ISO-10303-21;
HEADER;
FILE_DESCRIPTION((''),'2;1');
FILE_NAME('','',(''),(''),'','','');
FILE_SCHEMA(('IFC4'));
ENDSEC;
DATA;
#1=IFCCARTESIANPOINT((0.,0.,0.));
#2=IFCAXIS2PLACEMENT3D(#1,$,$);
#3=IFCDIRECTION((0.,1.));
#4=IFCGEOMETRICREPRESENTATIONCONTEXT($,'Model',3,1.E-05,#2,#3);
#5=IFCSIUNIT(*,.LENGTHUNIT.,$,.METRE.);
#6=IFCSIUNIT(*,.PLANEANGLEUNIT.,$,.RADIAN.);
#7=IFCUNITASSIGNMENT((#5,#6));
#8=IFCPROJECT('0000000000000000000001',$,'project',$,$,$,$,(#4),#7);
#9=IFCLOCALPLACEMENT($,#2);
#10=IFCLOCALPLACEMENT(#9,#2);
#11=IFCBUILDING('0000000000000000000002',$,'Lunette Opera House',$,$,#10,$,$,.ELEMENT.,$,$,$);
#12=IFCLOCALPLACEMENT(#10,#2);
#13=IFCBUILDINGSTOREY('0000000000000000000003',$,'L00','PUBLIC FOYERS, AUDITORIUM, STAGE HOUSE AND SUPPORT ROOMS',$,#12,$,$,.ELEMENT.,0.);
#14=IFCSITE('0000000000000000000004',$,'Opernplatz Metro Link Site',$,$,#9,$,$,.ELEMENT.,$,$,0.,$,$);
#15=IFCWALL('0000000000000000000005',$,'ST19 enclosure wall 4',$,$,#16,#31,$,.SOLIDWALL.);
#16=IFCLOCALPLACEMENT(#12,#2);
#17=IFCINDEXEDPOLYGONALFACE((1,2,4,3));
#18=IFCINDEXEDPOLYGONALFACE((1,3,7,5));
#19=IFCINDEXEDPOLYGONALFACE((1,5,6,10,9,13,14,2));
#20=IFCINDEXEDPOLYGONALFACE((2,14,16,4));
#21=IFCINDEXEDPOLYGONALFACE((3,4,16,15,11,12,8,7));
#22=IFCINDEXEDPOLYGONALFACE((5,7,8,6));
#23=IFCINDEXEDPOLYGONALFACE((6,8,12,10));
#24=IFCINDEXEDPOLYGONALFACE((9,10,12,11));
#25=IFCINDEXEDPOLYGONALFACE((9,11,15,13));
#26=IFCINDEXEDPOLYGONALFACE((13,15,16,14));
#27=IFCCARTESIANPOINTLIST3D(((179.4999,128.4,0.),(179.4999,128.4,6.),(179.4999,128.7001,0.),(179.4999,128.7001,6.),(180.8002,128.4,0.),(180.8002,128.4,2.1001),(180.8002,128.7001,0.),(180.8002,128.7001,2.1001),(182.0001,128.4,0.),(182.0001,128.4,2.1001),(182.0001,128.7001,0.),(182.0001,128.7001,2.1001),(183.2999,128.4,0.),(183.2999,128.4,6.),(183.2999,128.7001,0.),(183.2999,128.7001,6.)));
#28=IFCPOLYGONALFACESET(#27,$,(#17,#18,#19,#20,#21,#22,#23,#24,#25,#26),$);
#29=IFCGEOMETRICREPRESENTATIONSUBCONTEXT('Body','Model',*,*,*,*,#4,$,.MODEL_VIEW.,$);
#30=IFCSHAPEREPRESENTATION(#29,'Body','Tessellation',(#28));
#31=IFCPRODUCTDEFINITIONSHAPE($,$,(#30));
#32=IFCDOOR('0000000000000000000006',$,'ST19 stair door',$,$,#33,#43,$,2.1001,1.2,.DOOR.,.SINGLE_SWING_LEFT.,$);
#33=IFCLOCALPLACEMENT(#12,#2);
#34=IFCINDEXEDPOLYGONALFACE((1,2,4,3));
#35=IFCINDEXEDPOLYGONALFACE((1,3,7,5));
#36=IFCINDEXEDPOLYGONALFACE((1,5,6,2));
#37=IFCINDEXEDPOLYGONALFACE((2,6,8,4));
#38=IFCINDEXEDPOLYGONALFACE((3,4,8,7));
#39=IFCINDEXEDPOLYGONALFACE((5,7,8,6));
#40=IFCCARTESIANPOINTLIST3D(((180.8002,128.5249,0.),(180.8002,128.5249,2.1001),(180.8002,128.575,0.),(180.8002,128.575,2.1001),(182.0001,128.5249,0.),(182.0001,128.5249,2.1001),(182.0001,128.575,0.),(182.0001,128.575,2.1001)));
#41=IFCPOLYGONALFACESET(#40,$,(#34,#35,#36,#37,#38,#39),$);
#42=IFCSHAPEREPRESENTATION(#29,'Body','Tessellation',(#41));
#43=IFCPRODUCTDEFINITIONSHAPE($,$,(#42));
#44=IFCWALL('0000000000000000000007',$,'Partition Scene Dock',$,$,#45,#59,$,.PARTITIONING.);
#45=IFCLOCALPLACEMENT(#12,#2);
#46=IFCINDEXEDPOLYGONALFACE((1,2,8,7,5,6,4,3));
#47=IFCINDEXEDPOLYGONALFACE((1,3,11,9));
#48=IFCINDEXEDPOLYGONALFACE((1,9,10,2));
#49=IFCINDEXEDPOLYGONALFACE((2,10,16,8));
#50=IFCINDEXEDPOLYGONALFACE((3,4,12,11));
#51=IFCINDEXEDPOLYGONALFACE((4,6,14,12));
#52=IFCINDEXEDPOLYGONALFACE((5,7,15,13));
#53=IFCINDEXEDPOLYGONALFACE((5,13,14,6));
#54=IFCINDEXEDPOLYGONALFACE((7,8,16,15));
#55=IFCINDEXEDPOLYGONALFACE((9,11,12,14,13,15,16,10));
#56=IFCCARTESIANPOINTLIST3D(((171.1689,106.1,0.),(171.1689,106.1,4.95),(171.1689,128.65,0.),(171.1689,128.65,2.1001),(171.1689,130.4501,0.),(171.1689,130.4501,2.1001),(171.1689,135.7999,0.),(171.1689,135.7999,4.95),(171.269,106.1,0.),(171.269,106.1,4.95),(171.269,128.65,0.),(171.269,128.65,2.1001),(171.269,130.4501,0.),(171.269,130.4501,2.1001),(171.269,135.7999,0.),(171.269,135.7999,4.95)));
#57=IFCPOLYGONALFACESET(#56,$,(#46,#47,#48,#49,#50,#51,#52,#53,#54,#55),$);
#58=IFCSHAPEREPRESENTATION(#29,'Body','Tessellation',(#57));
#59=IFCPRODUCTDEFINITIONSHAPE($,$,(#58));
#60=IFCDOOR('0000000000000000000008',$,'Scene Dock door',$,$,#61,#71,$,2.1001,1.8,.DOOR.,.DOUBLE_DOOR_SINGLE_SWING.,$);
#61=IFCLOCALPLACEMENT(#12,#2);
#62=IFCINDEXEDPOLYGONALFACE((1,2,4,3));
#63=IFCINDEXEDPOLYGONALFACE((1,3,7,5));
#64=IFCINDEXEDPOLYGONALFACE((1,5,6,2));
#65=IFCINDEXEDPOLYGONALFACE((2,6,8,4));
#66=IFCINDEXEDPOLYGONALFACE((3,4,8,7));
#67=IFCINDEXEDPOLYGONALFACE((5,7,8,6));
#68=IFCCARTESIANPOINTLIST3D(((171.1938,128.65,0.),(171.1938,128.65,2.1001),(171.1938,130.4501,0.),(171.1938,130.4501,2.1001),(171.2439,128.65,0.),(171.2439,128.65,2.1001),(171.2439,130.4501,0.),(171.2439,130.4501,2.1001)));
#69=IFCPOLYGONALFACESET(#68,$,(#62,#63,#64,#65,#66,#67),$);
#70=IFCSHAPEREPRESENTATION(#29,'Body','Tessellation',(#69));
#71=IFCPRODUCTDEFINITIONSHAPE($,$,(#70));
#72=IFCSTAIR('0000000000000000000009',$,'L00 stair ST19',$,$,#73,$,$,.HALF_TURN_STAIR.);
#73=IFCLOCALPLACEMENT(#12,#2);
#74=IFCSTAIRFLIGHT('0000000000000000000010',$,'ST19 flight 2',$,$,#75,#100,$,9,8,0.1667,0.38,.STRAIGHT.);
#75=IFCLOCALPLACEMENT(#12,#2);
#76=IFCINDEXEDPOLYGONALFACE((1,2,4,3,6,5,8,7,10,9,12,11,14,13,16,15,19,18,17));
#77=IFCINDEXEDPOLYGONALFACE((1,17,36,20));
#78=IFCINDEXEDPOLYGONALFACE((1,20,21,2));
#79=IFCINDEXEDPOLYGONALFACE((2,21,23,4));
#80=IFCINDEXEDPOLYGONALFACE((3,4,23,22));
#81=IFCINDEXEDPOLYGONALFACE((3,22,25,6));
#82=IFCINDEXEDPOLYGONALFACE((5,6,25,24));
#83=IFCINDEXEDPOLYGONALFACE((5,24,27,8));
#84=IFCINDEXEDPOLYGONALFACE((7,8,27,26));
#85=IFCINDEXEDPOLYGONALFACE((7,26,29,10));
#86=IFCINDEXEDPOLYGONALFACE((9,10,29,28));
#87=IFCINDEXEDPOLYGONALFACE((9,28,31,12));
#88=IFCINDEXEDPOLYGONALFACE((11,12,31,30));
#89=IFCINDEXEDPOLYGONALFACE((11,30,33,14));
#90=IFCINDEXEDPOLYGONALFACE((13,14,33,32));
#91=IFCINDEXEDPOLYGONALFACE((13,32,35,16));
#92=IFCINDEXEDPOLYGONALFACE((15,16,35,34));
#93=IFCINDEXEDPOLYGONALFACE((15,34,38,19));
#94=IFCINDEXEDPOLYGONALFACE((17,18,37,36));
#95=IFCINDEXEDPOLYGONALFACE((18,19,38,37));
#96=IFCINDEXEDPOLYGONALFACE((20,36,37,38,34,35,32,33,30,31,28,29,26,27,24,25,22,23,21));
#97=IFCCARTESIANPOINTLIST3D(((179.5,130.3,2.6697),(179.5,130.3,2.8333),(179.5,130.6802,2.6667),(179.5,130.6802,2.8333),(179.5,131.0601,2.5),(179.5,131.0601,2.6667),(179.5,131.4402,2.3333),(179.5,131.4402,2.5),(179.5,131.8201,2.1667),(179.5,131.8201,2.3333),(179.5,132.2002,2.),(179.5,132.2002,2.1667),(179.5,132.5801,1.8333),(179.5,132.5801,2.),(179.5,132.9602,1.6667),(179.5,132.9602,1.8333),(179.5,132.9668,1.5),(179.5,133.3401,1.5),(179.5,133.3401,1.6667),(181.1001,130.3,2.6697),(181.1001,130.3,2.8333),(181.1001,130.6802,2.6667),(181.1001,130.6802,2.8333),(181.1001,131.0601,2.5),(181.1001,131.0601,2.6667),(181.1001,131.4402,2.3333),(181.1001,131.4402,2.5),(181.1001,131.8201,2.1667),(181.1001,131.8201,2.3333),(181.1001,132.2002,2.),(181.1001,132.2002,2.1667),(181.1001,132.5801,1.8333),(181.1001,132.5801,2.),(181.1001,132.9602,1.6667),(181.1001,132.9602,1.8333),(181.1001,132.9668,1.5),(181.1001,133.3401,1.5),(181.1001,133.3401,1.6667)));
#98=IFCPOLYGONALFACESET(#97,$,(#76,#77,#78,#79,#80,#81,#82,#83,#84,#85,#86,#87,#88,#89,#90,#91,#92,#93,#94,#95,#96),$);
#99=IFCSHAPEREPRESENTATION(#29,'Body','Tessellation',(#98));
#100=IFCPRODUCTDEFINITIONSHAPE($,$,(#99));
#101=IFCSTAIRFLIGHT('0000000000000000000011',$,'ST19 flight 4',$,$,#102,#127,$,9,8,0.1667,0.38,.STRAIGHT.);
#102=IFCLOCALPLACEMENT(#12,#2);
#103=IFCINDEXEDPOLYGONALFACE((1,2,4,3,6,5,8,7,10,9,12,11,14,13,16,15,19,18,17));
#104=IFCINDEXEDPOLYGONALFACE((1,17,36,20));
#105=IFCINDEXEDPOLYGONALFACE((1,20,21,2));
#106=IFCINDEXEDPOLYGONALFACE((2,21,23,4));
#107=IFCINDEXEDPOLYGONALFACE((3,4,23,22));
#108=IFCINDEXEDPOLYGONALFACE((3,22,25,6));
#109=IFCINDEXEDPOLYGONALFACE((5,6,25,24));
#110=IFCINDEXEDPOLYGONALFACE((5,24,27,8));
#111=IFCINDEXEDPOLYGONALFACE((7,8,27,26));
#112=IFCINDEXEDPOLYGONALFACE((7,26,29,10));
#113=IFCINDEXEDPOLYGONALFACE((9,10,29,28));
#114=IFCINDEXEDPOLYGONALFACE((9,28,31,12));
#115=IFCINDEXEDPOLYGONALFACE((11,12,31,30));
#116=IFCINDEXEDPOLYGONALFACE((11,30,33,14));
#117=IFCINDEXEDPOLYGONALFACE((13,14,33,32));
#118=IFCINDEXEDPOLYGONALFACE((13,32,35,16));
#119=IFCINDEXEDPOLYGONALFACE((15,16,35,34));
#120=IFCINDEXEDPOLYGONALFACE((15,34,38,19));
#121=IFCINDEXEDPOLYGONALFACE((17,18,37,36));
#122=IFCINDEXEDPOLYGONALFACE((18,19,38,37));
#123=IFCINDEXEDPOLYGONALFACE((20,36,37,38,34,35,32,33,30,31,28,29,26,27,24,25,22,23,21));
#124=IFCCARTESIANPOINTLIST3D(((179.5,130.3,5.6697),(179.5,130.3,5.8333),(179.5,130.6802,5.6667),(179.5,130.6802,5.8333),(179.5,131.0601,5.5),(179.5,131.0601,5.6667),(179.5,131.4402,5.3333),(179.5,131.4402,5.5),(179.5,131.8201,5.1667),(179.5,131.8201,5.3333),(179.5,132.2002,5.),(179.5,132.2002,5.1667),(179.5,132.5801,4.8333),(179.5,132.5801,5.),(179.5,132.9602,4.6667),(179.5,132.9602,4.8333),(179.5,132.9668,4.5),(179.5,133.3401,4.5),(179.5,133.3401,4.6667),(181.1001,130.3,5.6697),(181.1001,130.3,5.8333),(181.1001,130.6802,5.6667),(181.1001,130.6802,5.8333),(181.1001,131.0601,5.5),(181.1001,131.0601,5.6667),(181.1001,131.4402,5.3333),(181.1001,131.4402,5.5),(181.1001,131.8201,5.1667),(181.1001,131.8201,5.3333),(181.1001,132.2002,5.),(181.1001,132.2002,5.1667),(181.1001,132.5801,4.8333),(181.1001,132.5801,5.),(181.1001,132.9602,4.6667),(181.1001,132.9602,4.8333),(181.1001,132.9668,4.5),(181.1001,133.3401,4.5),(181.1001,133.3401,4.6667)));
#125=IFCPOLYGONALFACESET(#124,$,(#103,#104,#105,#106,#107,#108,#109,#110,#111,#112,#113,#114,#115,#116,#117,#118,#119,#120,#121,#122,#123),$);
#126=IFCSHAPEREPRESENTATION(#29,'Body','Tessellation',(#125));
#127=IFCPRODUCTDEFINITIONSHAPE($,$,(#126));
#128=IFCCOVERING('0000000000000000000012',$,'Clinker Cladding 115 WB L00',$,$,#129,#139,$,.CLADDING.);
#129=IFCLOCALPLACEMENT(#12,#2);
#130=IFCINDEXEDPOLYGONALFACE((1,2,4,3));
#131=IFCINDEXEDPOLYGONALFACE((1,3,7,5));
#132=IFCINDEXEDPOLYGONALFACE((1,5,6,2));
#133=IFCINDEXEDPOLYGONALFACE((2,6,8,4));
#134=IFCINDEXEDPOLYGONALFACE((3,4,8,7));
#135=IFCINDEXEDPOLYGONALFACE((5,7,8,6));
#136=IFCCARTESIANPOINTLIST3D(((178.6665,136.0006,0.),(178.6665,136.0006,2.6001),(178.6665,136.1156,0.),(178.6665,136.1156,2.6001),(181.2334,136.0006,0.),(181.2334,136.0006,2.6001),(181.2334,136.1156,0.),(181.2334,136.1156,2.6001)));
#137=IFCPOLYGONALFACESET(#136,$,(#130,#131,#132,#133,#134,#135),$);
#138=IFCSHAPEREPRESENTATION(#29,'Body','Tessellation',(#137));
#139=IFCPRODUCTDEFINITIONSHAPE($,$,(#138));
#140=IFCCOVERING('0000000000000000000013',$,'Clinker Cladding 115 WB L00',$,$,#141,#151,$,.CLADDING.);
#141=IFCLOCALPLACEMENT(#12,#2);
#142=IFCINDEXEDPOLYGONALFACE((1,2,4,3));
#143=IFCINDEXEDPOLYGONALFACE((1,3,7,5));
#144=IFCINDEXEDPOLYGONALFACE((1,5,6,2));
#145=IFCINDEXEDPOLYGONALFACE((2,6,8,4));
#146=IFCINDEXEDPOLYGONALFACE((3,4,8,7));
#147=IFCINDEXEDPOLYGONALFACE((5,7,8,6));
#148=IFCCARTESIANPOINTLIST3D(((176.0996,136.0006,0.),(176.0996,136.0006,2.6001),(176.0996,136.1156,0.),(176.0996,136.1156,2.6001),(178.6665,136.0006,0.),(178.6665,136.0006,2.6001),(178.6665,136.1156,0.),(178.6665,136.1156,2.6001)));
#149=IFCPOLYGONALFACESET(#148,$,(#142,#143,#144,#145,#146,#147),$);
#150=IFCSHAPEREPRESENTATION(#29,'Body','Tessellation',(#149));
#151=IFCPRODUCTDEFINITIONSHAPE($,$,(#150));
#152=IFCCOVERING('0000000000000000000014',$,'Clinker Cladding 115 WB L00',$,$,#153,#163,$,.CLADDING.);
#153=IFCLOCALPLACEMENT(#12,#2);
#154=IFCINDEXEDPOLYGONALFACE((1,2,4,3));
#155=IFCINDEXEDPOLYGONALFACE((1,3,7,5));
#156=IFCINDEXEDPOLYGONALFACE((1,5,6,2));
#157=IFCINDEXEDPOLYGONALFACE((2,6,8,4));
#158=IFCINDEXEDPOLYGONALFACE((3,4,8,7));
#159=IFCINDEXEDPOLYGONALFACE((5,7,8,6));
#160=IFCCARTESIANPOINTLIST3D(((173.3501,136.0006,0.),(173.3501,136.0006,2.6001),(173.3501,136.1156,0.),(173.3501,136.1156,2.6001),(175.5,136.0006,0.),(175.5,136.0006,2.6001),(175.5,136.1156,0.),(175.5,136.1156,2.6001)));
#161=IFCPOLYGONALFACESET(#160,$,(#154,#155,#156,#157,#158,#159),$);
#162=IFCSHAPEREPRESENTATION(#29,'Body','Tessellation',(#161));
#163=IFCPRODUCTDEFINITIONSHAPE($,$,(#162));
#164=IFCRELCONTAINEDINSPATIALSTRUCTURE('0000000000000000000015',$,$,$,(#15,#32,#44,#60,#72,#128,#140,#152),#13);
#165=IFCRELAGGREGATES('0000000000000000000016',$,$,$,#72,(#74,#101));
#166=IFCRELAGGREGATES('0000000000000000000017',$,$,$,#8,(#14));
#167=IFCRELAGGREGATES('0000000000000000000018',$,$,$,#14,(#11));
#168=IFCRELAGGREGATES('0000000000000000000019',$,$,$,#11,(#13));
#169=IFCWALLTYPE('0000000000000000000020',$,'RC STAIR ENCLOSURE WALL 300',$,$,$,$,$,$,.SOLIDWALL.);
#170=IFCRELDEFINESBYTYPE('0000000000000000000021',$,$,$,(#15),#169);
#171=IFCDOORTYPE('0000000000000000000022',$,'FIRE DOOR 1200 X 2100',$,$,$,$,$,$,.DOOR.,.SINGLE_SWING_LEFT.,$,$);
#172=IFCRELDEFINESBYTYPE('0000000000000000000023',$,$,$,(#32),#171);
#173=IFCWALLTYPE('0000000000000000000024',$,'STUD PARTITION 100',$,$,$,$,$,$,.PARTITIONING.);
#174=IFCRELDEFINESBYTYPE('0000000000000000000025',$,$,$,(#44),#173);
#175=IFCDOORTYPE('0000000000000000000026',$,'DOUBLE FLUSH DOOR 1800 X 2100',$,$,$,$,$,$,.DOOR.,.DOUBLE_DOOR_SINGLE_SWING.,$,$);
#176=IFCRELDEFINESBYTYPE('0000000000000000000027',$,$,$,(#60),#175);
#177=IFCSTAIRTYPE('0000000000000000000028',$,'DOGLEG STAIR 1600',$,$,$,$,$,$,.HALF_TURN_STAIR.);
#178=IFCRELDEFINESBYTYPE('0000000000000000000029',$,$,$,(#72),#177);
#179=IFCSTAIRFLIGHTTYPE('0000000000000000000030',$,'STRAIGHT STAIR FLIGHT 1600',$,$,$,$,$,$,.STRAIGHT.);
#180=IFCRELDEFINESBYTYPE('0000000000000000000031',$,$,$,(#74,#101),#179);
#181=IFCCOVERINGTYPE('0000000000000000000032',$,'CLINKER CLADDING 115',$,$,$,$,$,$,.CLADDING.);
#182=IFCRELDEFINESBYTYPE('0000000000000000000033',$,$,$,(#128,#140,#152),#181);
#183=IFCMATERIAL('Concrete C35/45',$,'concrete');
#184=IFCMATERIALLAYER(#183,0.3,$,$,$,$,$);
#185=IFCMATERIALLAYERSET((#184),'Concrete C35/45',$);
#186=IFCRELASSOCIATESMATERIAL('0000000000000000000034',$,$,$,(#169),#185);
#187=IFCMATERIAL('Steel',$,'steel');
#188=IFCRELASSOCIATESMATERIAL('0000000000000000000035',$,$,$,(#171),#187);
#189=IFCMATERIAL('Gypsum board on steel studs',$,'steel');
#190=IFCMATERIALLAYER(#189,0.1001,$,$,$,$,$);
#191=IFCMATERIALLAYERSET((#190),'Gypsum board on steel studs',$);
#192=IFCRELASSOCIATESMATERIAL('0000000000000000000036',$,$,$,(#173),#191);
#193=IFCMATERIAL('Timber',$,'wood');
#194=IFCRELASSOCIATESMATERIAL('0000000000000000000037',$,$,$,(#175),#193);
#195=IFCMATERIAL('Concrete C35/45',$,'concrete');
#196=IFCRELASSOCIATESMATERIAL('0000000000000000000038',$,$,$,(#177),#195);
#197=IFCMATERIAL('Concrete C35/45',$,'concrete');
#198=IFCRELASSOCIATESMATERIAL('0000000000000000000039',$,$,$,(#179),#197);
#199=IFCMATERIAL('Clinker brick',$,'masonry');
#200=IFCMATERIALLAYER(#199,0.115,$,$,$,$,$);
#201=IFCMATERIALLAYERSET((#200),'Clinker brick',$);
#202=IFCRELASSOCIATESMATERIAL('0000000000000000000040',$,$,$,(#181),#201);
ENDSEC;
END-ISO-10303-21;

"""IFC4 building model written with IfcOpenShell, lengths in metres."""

from ifc_helpers import new_model, si_unit, direction, frame, frame_2d, origin, origin_2d, place, context, subcontext, project, spatial, polyline, rectangle, outline, extrude, material, layer, layer_set, type_object, element, fill, aggregate, save


model = new_model("IFC4")

# Units and contexts
model_context = context("Model", 3, precision=1e-05, world=origin(), true_north=direction((0.0, 1.0)))
body_context = subcontext(model_context, "Body", "Model", "MODEL_VIEW")
ifc_project = project(units=[si_unit("LENGTHUNIT", "METRE"), si_unit("PLANEANGLEUNIT", "RADIAN")], contexts=[model_context])

# Site, building, storey
site_placement = place(None, origin())
site = spatial("IfcSite", under=ifc_project, at=site_placement, Name="Opernplatz Metro Link Site", CompositionType="ELEMENT", RefElevation=0.0)
building_placement = place(site_placement, origin())
building = spatial("IfcBuilding", under=site, at=building_placement, Name="Lunette Opera House", CompositionType="ELEMENT")
storey_placement = place(building_placement, origin())
storey = spatial("IfcBuildingStorey", under=building, at=storey_placement, Name="L00", Description="PUBLIC FOYERS, AUDITORIUM, STAGE HOUSE AND SUPPORT ROOMS", CompositionType="ELEMENT", Elevation=0.0)

# Shared definitions
ifc_material_1 = material(Name="Concrete C35/45", Category="concrete")
ifc_layer_1 = layer(ifc_material_1, 0.3)
ifc_layer_set_1 = layer_set([ifc_layer_1], Name="Concrete C35/45")
wall_type_1 = type_object("IfcWallType", Name="RC STAIR ENCLOSURE WALL 300", PredefinedType="SOLIDWALL", material=ifc_layer_set_1)

# Walls, openings, doors
wall_1_placement = place(storey_placement, frame((179.5, 128.55, 0.0), z_axis=(0.0, 0.0, 1.0), x_axis=(1.0, 0.0, 0.0)))
wall_1 = element("IfcWall", 1, at=wall_1_placement, inside=storey, type_object=wall_type_1, Name="ST19 enclosure wall 4", PredefinedType="SOLIDWALL", context=body_context, shape_type="SweptSolid", body=[
    extrude(rectangle(XDim=3.8, YDim=0.3, at=frame_2d((1.8999, 0.0))), origin(), (0.0, 0.0, 1.0), 6.0),
])
opening_1_placement = place(wall_1_placement, frame((1.3, 0.0, 0.0)))
opening_1 = element("IfcOpeningElement", 2, at=opening_1_placement, cuts=wall_1, PredefinedType="OPENING", context=body_context, shape_type="SweptSolid", body=[
    extrude(rectangle(XDim=1.2, YDim=2.1001, at=frame_2d((0.6001, 1.05))), frame((0.0, 0.1621, 0.0), z_axis=(0.0, -1.0, 0.0), x_axis=(1.0, 0.0, 0.0)), (0.0, 0.0, 1.0), 0.324),
])
ifc_material_2 = material(Name="Steel", Category="steel")
door_type_1 = type_object("IfcDoorType", Name="FIRE DOOR 1200 X 2100", OperationType="SINGLE_SWING_LEFT", PredefinedType="DOOR", material=ifc_material_2)
door_1_placement = place(opening_1_placement, origin())
door_1 = element("IfcDoor", 3, at=door_1_placement, inside=storey, type_object=door_type_1, Name="ST19 stair door", OperationType="SINGLE_SWING_LEFT", OverallHeight=2.1001, OverallWidth=1.2, PredefinedType="DOOR", context=body_context, shape_type="SweptSolid", body=[
    extrude(rectangle(XDim=1.2, YDim=2.1001, at=frame_2d((0.6001, 1.05))), frame((0.0, 0.0249, 0.0), z_axis=(0.0, -1.0, 0.0), x_axis=(1.0, 0.0, 0.0)), (0.0, 0.0, 1.0), 0.05),
])
fill(opening_1, door_1)
ifc_material_3 = material(Name="Gypsum board on steel studs", Category="steel")
ifc_layer_2 = layer(ifc_material_3, 0.1001)
ifc_layer_set_2 = layer_set([ifc_layer_2], Name="Gypsum board on steel studs")
wall_type_2 = type_object("IfcWallType", Name="STUD PARTITION 100", PredefinedType="PARTITIONING", material=ifc_layer_set_2)
wall_2_placement = place(storey_placement, frame((171.219, 135.8, 0.0), z_axis=(0.0, 0.0, 1.0), x_axis=(0.0, -1.0, 0.0)))
wall_2 = element("IfcWall", 4, at=wall_2_placement, inside=storey, type_object=wall_type_2, Name="Partition Scene Dock", PredefinedType="PARTITIONING", context=body_context, shape_type="SweptSolid", body=[
    extrude(rectangle(XDim=29.7, YDim=0.1001, at=frame_2d((14.8501, 0.0))), origin(), (0.0, 0.0, 1.0), 4.95),
])
opening_2_placement = place(wall_2_placement, frame((5.3501, 0.0, 0.0)))
opening_2 = element("IfcOpeningElement", 5, at=opening_2_placement, cuts=wall_2, PredefinedType="OPENING", context=body_context, shape_type="SweptSolid", body=[
    extrude(rectangle(XDim=1.8, YDim=2.1001, at=frame_2d((0.8999, 1.05))), frame((0.0, 0.062, 0.0), z_axis=(0.0, -1.0, 0.0), x_axis=(1.0, 0.0, 0.0)), (0.0, 0.0, 1.0), 0.124),
])
ifc_material_4 = material(Name="Timber", Category="wood")
door_type_2 = type_object("IfcDoorType", Name="DOUBLE FLUSH DOOR 1800 X 2100", OperationType="DOUBLE_DOOR_SINGLE_SWING", PredefinedType="DOOR", material=ifc_material_4)
door_2_placement = place(opening_2_placement, origin())
door_2 = element("IfcDoor", 6, at=door_2_placement, inside=storey, type_object=door_type_2, Name="Scene Dock door", OperationType="DOUBLE_DOOR_SINGLE_SWING", OverallHeight=2.1001, OverallWidth=1.8, PredefinedType="DOOR", context=body_context, shape_type="SweptSolid", body=[
    extrude(rectangle(XDim=1.8, YDim=2.1001, at=frame_2d((0.8999, 1.05))), frame((0.0, 0.0249, 0.0), z_axis=(0.0, -1.0, 0.0), x_axis=(1.0, 0.0, 0.0)), (0.0, 0.0, 1.0), 0.05),
])
fill(opening_2, door_2)

# Stair, stair flights
ifc_material_5 = material(Name="Concrete C35/45", Category="concrete")
stair_type = type_object("IfcStairType", Name="DOGLEG STAIR 1600", PredefinedType="HALF_TURN_STAIR", material=ifc_material_5)
stair_placement = place(storey_placement, origin())
stair = element("IfcStair", 7, at=stair_placement, inside=storey, type_object=stair_type, Name="L00 stair ST19", PredefinedType="HALF_TURN_STAIR")
ifc_material_6 = material(Name="Concrete C35/45", Category="concrete")
stair_flight_type = type_object("IfcStairFlightType", Name="STRAIGHT STAIR FLIGHT 1600", PredefinedType="STRAIGHT", material=ifc_material_6)
stair_flight_1_placement = place(storey_placement, frame((180.3, 133.3401, 1.5), z_axis=(0.0, 0.0, 1.0), x_axis=(0.0, -1.0, 0.0)))
stair_flight_1 = element("IfcStairFlight", 8, at=stair_flight_1_placement, type_object=stair_flight_type, Name="ST19 flight 2", NumberOfRisers=9, NumberOfTreads=8, PredefinedType="STRAIGHT", RiserHeight=0.1667, TreadLength=0.38, context=body_context, shape_type="SweptSolid", body=[
    extrude(outline(polyline([(0.0, 0.0), (0.0, 0.1667), (0.3799, 0.1667), (0.3799, 0.3333), (0.76, 0.3333), (0.76, 0.5), (1.1399, 0.5), (1.1399, 0.6667), (1.52, 0.6667), (1.52, 0.8333), (1.8999, 0.8333), (1.8999, 1.0), (2.28, 1.0), (2.28, 1.1667), (2.6599, 1.1667), (2.6599, 1.3333), (3.04, 1.3333), (3.04, 1.5), (3.04, 1.1697), (0.3733, 0.0), (0.0, 0.0)])), frame((0.0, 0.8, 0.0), z_axis=(0.0, -1.0, 0.0), x_axis=(1.0, 0.0, 0.0)), (0.0, 0.0, 1.0), 1.6001),
])
stair_flight_2_placement = place(storey_placement, frame((180.3, 133.3401, 4.5), z_axis=(0.0, 0.0, 1.0), x_axis=(0.0, -1.0, 0.0)))
stair_flight_2 = element("IfcStairFlight", 9, at=stair_flight_2_placement, type_object=stair_flight_type, Name="ST19 flight 4", NumberOfRisers=9, NumberOfTreads=8, PredefinedType="STRAIGHT", RiserHeight=0.1667, TreadLength=0.38, context=body_context, shape_type="SweptSolid", body=[
    extrude(outline(polyline([(0.0, 0.0), (0.0, 0.1667), (0.3799, 0.1667), (0.3799, 0.3333), (0.76, 0.3333), (0.76, 0.5), (1.1399, 0.5), (1.1399, 0.6667), (1.52, 0.6667), (1.52, 0.8333), (1.8999, 0.8333), (1.8999, 1.0), (2.28, 1.0), (2.28, 1.1667), (2.6599, 1.1667), (2.6599, 1.3333), (3.04, 1.3333), (3.04, 1.5), (3.04, 1.1697), (0.3733, 0.0), (0.0, 0.0)])), frame((0.0, 0.8, 0.0), z_axis=(0.0, -1.0, 0.0), x_axis=(1.0, 0.0, 0.0)), (0.0, 0.0, 1.0), 1.6001),
])
aggregate(stair, [stair_flight_1, stair_flight_2])

# Coverings
ifc_material_7 = material(Name="Clinker brick", Category="masonry")
ifc_layer_3 = layer(ifc_material_7, 0.115)
ifc_layer_set_3 = layer_set([ifc_layer_3], Name="Clinker brick")
covering_type_1 = type_object("IfcCoveringType", Name="CLINKER CLADDING 115", PredefinedType="CLADDING", material=ifc_layer_set_3)
for number, where, z_axis, x_axis, name in (
    (10, (179.95, 136.0581, 0.0), (0.0, 0.0, 1.0), (-1.0, 0.0, 0.0), "Clinker Cladding 115 WB L00"),
    (11, (177.3831, 136.0581, 0.0), (0.0, 0.0, 1.0), (-1.0, 0.0, 0.0), "Clinker Cladding 115 WB L00"),
):
    element("IfcCovering", number, at=place(storey_placement, frame(where, z_axis=z_axis, x_axis=x_axis)), inside=storey, type_object=covering_type_1, Name=name, PredefinedType="CLADDING", context=body_context, shape_type="SweptSolid", body=[
        extrude(rectangle(XDim=2.5669, YDim=0.115, at=origin_2d()), origin(), (0.0, 0.0, 1.0), 2.6001),
    ])
covering_1_placement = place(storey_placement, frame((174.425, 136.0581, 0.0), z_axis=(0.0, 0.0, 1.0), x_axis=(-1.0, 0.0, 0.0)))
element("IfcCovering", 12, at=covering_1_placement, inside=storey, type_object=covering_type_1, Name="Clinker Cladding 115 WB L00", PredefinedType="CLADDING", context=body_context, shape_type="SweptSolid", body=[
    extrude(rectangle(XDim=2.1499, YDim=0.115, at=origin_2d()), origin(), (0.0, 0.0, 1.0), 2.6001),
])

save(model, "model.ifc")
